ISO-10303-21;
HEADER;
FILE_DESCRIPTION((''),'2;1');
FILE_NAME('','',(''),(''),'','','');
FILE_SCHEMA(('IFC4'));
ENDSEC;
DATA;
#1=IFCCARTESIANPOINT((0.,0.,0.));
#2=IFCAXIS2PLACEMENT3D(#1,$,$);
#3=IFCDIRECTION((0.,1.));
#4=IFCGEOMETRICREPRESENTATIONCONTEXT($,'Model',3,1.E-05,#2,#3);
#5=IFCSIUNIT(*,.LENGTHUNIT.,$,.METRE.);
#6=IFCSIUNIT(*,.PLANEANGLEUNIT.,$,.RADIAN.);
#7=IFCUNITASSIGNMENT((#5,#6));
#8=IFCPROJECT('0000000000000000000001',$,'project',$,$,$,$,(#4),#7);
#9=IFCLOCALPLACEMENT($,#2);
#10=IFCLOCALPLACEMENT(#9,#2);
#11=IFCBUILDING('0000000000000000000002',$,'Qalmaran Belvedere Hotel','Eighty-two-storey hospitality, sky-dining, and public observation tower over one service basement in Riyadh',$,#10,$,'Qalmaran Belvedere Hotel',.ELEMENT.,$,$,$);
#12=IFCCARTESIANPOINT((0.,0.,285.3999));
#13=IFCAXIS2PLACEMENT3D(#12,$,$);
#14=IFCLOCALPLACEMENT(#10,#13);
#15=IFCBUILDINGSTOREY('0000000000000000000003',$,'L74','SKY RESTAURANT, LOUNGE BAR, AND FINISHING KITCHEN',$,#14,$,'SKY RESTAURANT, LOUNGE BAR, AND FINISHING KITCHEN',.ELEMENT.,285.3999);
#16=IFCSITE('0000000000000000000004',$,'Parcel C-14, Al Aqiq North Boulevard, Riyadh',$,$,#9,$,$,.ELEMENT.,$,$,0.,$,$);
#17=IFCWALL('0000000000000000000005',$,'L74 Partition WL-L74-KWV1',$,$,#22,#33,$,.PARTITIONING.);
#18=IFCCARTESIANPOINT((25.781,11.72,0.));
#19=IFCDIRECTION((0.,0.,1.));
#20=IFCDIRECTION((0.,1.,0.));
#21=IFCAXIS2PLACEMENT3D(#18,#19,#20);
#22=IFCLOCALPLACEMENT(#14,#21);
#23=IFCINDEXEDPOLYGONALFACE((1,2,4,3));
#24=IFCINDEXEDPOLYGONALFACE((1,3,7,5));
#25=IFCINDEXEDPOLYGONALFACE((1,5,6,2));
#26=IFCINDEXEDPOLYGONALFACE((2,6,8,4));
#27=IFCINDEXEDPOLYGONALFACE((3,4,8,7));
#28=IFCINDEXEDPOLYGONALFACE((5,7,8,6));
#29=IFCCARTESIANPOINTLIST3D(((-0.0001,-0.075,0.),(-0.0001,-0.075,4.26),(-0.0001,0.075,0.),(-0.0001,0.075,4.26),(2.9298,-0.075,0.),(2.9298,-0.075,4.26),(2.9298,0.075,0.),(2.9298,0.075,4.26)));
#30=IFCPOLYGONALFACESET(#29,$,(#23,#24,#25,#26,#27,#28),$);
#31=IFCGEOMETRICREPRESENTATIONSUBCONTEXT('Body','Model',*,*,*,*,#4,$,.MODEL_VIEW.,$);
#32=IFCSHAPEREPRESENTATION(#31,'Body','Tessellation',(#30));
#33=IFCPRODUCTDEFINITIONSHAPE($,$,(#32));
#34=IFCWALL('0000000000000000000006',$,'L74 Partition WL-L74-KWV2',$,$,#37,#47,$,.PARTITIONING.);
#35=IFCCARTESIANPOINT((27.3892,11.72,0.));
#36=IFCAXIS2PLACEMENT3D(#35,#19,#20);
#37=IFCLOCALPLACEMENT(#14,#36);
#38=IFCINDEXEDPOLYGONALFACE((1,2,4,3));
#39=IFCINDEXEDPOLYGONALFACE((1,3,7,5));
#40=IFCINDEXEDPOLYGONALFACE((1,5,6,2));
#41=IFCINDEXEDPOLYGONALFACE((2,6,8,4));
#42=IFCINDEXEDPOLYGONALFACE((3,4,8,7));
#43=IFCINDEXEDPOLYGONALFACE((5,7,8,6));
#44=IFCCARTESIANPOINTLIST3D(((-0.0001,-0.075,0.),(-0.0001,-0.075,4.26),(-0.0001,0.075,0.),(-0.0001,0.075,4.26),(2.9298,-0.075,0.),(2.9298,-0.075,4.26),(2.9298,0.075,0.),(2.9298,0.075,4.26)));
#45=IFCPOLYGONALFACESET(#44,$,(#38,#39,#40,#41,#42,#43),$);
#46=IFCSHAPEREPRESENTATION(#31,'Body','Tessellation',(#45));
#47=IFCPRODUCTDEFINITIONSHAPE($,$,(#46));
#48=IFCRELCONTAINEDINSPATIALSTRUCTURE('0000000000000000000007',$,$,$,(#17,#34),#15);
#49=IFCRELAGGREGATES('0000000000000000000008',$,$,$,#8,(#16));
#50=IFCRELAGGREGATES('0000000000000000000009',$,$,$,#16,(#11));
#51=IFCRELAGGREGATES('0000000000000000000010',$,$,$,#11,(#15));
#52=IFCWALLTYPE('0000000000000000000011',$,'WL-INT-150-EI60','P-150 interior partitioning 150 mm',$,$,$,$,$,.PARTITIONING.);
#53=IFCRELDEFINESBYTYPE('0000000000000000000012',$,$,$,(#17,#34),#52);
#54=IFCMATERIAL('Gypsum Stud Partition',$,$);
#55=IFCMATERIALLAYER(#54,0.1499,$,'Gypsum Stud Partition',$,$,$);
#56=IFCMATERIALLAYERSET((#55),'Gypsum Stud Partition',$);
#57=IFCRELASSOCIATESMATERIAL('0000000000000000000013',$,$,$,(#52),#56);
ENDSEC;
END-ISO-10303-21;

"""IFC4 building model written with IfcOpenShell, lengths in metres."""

from ifc_helpers import new_model, si_unit, direction, frame, frame_2d, origin, place, context, subcontext, project, spatial, rectangle, extrude, material, layer, layer_set, type_object, element, save


model = new_model("IFC4")

# Units and contexts
model_context = context("Model", 3, precision=1e-05, world=origin(), true_north=direction((0.0, 1.0)))
body_context = subcontext(model_context, "Body", "Model", "MODEL_VIEW")
ifc_project = project(units=[si_unit("LENGTHUNIT", "METRE"), si_unit("PLANEANGLEUNIT", "RADIAN")], contexts=[model_context])

# Site, building, storey
site_placement = place(None, origin())
site = spatial("IfcSite", under=ifc_project, at=site_placement, Name="Parcel C-14, Al Aqiq North Boulevard, Riyadh", CompositionType="ELEMENT", RefElevation=0.0)
building_placement = place(site_placement, origin())
building = spatial("IfcBuilding", under=site, at=building_placement, Name="Qalmaran Belvedere Hotel", Description="Eighty-two-storey hospitality, sky-dining, and public observation tower over one service basement in Riyadh", LongName="Qalmaran Belvedere Hotel", CompositionType="ELEMENT")
storey_placement = place(building_placement, frame((0.0, 0.0, 285.3999)))
storey = spatial("IfcBuildingStorey", under=building, at=storey_placement, Name="L74", Description="SKY RESTAURANT, LOUNGE BAR, AND FINISHING KITCHEN", LongName="SKY RESTAURANT, LOUNGE BAR, AND FINISHING KITCHEN", CompositionType="ELEMENT", Elevation=285.3999)

# Walls
ifc_material_1 = material(Name="Gypsum Stud Partition")
ifc_layer_1 = layer(ifc_material_1, 0.1499, Name="Gypsum Stud Partition")
ifc_layer_set_1 = layer_set([ifc_layer_1], Name="Gypsum Stud Partition")
wall_type_1 = type_object("IfcWallType", Name="WL-INT-150-EI60", Description="P-150 interior partitioning 150 mm", PredefinedType="PARTITIONING", material=ifc_layer_set_1)
for number, where, z_axis, x_axis, name in (
    (1, (25.781, 11.72, 0.0), (0.0, 0.0, 1.0), (0.0, 1.0, 0.0), "L74 Partition WL-L74-KWV1"),
    (2, (27.3892, 11.72, 0.0), (0.0, 0.0, 1.0), (0.0, 1.0, 0.0), "L74 Partition WL-L74-KWV2"),
):
    element("IfcWall", number, at=place(storey_placement, frame(where, z_axis=z_axis, x_axis=x_axis)), inside=storey, type_object=wall_type_1, Name=name, PredefinedType="PARTITIONING", context=body_context, shape_type="SweptSolid", body=[
        extrude(rectangle(XDim=2.9299, YDim=0.1499, at=frame_2d((1.4648, 0.0))), origin(), (0.0, 0.0, 1.0), 4.26),
    ])

save(model, "model.ifc")
